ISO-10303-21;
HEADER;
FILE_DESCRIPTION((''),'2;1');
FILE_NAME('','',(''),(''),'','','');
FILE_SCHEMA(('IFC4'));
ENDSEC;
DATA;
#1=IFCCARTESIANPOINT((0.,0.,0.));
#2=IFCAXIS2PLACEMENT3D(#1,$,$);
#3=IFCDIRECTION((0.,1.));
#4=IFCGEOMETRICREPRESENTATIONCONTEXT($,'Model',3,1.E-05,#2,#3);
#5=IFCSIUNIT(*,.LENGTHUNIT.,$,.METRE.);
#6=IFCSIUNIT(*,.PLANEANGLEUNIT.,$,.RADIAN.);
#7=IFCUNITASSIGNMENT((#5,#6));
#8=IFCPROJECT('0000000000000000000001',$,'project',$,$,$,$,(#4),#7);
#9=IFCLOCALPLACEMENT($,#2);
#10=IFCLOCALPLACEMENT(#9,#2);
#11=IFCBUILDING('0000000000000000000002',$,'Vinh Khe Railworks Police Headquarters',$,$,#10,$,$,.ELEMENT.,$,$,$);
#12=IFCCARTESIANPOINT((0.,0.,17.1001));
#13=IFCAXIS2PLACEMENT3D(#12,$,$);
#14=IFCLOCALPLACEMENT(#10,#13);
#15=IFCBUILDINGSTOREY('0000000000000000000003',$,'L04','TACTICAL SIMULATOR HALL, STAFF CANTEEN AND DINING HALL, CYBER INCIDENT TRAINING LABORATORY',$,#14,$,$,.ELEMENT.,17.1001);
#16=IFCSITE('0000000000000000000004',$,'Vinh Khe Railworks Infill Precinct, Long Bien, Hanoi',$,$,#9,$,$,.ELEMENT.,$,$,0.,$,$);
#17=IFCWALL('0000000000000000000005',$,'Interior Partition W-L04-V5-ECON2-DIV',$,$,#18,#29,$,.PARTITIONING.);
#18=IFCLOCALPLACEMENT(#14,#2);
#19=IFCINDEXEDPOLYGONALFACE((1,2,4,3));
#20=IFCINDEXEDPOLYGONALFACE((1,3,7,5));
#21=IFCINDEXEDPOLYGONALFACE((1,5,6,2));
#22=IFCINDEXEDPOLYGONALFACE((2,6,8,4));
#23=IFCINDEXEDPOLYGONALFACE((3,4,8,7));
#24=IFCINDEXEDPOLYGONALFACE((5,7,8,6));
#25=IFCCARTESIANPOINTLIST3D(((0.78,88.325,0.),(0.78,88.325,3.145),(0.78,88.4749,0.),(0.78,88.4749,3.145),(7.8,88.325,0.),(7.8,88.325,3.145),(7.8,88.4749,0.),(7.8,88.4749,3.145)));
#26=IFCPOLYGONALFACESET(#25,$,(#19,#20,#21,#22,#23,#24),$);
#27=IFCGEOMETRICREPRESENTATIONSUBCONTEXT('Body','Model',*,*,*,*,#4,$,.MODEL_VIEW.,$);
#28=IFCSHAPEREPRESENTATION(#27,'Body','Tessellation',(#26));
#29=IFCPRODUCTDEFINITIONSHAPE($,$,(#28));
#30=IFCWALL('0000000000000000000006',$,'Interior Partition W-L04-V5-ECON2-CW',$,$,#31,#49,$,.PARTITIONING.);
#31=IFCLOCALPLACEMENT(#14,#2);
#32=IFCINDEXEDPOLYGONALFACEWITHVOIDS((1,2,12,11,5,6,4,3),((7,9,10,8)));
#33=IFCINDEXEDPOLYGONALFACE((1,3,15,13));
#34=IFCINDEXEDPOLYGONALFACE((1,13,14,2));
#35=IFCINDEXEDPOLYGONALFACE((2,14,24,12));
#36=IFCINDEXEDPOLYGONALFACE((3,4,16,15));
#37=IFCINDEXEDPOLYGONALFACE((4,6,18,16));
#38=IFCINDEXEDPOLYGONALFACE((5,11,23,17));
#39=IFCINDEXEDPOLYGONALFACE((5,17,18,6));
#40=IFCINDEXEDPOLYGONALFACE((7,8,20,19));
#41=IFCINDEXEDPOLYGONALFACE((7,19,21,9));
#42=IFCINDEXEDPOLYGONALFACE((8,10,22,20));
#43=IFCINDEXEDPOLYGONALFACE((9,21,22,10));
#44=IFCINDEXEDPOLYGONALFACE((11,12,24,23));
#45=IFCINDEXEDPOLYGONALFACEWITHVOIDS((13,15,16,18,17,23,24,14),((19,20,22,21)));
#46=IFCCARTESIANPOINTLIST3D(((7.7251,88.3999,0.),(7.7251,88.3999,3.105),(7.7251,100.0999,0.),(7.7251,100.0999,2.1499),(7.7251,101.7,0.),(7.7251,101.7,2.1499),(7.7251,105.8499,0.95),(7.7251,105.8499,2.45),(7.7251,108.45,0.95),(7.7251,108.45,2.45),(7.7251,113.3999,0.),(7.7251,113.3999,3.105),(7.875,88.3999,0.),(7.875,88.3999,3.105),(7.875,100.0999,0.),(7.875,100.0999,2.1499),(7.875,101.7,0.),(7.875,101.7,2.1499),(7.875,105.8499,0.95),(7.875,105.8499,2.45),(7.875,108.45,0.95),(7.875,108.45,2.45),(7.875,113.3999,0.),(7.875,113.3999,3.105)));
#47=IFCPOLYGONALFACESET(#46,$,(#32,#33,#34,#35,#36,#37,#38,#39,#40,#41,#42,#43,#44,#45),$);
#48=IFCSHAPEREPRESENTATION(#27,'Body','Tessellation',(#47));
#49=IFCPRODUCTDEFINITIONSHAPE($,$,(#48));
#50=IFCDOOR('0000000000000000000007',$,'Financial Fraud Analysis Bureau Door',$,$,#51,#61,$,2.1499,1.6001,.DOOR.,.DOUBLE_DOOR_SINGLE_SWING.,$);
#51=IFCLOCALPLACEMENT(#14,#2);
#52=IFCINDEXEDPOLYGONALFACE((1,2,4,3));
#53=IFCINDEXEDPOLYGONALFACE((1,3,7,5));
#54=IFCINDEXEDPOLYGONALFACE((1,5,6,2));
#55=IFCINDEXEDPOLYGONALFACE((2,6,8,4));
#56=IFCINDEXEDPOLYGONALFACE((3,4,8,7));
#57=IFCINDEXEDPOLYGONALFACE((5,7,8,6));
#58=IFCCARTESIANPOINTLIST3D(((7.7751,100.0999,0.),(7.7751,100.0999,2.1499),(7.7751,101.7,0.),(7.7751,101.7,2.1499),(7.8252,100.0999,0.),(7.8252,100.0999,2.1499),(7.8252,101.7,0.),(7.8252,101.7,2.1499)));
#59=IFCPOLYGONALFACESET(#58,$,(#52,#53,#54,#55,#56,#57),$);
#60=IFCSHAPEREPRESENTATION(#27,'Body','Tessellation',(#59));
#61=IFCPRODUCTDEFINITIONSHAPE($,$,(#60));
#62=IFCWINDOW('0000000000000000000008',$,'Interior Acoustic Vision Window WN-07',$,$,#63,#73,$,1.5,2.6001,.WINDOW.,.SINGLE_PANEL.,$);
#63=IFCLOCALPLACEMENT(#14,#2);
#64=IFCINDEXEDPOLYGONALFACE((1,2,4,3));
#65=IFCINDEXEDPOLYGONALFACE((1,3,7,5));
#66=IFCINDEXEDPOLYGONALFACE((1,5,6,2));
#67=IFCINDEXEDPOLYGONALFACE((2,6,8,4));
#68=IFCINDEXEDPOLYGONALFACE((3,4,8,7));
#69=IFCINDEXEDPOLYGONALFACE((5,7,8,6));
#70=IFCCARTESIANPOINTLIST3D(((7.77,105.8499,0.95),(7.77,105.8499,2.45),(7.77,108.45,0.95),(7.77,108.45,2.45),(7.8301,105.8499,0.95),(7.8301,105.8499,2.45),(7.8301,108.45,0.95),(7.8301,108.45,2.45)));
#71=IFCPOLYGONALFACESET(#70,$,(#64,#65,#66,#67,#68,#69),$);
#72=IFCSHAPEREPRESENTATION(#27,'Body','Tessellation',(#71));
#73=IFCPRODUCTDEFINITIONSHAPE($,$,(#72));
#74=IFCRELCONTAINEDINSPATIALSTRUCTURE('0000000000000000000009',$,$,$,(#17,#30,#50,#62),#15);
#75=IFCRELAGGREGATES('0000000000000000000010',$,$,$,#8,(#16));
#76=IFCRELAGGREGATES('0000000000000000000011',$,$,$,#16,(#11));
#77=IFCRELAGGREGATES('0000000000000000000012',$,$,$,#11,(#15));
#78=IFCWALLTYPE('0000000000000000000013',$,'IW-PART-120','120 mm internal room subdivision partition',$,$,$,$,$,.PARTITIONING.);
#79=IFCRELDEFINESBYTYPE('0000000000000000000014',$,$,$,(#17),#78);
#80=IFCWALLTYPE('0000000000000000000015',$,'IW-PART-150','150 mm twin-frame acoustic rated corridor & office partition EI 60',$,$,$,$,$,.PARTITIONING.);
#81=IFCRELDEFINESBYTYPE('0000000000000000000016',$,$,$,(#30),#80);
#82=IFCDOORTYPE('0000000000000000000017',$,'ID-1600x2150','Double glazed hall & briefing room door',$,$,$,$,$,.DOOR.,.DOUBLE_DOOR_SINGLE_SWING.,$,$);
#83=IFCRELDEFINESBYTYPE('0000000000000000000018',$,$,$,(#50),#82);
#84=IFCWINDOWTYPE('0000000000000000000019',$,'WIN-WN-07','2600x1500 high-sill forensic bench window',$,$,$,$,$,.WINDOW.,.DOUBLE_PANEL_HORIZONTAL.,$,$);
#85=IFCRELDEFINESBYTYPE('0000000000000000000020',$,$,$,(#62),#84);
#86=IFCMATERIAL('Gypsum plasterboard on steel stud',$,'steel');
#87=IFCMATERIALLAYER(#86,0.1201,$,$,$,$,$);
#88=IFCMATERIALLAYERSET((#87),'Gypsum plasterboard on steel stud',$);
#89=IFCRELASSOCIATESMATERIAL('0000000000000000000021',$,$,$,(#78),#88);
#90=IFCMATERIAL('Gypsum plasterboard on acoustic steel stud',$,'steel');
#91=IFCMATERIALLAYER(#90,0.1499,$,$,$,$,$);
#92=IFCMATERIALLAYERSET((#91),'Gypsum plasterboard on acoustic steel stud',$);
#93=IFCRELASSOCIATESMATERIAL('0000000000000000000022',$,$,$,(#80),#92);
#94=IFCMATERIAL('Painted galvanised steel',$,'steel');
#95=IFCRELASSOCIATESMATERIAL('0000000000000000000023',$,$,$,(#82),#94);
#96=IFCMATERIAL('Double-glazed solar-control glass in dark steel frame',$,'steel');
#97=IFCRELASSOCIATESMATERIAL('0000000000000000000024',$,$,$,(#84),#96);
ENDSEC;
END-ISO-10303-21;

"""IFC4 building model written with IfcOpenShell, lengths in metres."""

from ifc_helpers import new_model, si_unit, direction, frame, frame_2d, origin, place, context, subcontext, project, spatial, rectangle, extrude, material, layer, layer_set, type_object, element, fill, save


model = new_model("IFC4")

# Units and contexts
model_context = context("Model", 3, precision=1e-05, world=origin(), true_north=direction((0.0, 1.0)))
body_context = subcontext(model_context, "Body", "Model", "MODEL_VIEW")
ifc_project = project(units=[si_unit("LENGTHUNIT", "METRE"), si_unit("PLANEANGLEUNIT", "RADIAN")], contexts=[model_context])

# Site, building, storey
site_placement = place(None, origin())
site = spatial("IfcSite", under=ifc_project, at=site_placement, Name="Vinh Khe Railworks Infill Precinct, Long Bien, Hanoi", CompositionType="ELEMENT", RefElevation=0.0)
building_placement = place(site_placement, origin())
building = spatial("IfcBuilding", under=site, at=building_placement, Name="Vinh Khe Railworks Police Headquarters", CompositionType="ELEMENT")
storey_placement = place(building_placement, frame((0.0, 0.0, 17.1001)))
storey = spatial("IfcBuildingStorey", under=building, at=storey_placement, Name="L04", Description="TACTICAL SIMULATOR HALL, STAFF CANTEEN AND DINING HALL, CYBER INCIDENT TRAINING LABORATORY", CompositionType="ELEMENT", Elevation=17.1001)

# Wall
ifc_material_1 = material(Name="Gypsum plasterboard on steel stud", Category="steel")
ifc_layer_1 = layer(ifc_material_1, 0.1201)
ifc_layer_set_1 = layer_set([ifc_layer_1], Name="Gypsum plasterboard on steel stud")
wall_type_1 = type_object("IfcWallType", Name="IW-PART-120", Description="120 mm internal room subdivision partition", PredefinedType="PARTITIONING", material=ifc_layer_set_1)
wall_1_placement = place(storey_placement, frame((0.78, 88.3999, 0.0), z_axis=(0.0, 0.0, 1.0), x_axis=(1.0, 0.0, 0.0)))
element("IfcWall", 1, at=wall_1_placement, inside=storey, type_object=wall_type_1, Name="Interior Partition W-L04-V5-ECON2-DIV", PredefinedType="PARTITIONING", context=body_context, shape_type="SweptSolid", body=[
    extrude(rectangle(XDim=7.02, YDim=0.1499, at=frame_2d((3.51, 0.0))), origin(), (0.0, 0.0, 1.0), 3.145),
])

# Wall, openings, door, window
ifc_material_2 = material(Name="Gypsum plasterboard on acoustic steel stud", Category="steel")
ifc_layer_2 = layer(ifc_material_2, 0.1499)
ifc_layer_set_2 = layer_set([ifc_layer_2], Name="Gypsum plasterboard on acoustic steel stud")
wall_type_2 = type_object("IfcWallType", Name="IW-PART-150", Description="150 mm twin-frame acoustic rated corridor & office partition EI 60", PredefinedType="PARTITIONING", material=ifc_layer_set_2)
wall_2_placement = place(storey_placement, frame((7.8, 88.3999, 0.0), z_axis=(0.0, 0.0, 1.0), x_axis=(0.0, 1.0, 0.0)))
wall_2 = element("IfcWall", 2, at=wall_2_placement, inside=storey, type_object=wall_type_2, Name="Interior Partition W-L04-V5-ECON2-CW", PredefinedType="PARTITIONING", context=body_context, shape_type="SweptSolid", body=[
    extrude(rectangle(XDim=25.0, YDim=0.1499, at=frame_2d((12.5, 0.0))), origin(), (0.0, 0.0, 1.0), 3.105),
])
opening_1_placement = place(wall_2_placement, frame((11.7, 0.0, 0.0)))
opening_1 = element("IfcOpeningElement", 3, at=opening_1_placement, cuts=wall_2, PredefinedType="OPENING", context=body_context, shape_type="SweptSolid", body=[
    extrude(rectangle(XDim=1.6001, YDim=2.1499, at=frame_2d((0.8, 1.075))), frame((0.0, 0.0898, 0.0), z_axis=(0.0, -1.0, 0.0), x_axis=(1.0, 0.0, 0.0)), (0.0, 0.0, 1.0), 0.1797),
])
opening_2_placement = place(wall_2_placement, frame((17.45, 0.0, 0.95)))
opening_2 = element("IfcOpeningElement", 4, at=opening_2_placement, cuts=wall_2, PredefinedType="OPENING", context=body_context, shape_type="SweptSolid", body=[
    extrude(rectangle(XDim=2.6001, YDim=1.5, at=frame_2d((1.3, 0.75))), frame((0.0, 0.0898, 0.0), z_axis=(0.0, -1.0, 0.0), x_axis=(1.0, 0.0, 0.0)), (0.0, 0.0, 1.0), 0.1797),
])
ifc_material_3 = material(Name="Painted galvanised steel", Category="steel")
door_type = type_object("IfcDoorType", Name="ID-1600x2150", Description="Double glazed hall & briefing room door", OperationType="DOUBLE_DOOR_SINGLE_SWING", PredefinedType="DOOR", material=ifc_material_3)
door_placement = place(opening_1_placement, origin())
door = element("IfcDoor", 5, at=door_placement, inside=storey, type_object=door_type, Name="Financial Fraud Analysis Bureau Door", OperationType="DOUBLE_DOOR_SINGLE_SWING", OverallHeight=2.1499, OverallWidth=1.6001, PredefinedType="DOOR", context=body_context, shape_type="SweptSolid", body=[
    extrude(rectangle(XDim=1.6001, YDim=2.1499, at=frame_2d((0.8, 1.075))), frame((0.0, 0.0249, 0.0), z_axis=(0.0, -1.0, 0.0), x_axis=(1.0, 0.0, 0.0)), (0.0, 0.0, 1.0), 0.05),
])
fill(opening_1, door)
ifc_material_4 = material(Name="Double-glazed solar-control glass in dark steel frame", Category="steel")
window_type = type_object("IfcWindowType", Name="WIN-WN-07", Description="2600x1500 high-sill forensic bench window", PartitioningType="DOUBLE_PANEL_HORIZONTAL", PredefinedType="WINDOW", material=ifc_material_4)
window_placement = place(opening_2_placement, origin())
window = element("IfcWindow", 6, at=window_placement, inside=storey, type_object=window_type, Name="Interior Acoustic Vision Window WN-07", OverallHeight=1.5, OverallWidth=2.6001, PartitioningType="SINGLE_PANEL", PredefinedType="WINDOW", context=body_context, shape_type="SweptSolid", body=[
    extrude(rectangle(XDim=2.6001, YDim=1.5, at=frame_2d((1.3, 0.75))), frame((0.0, 0.03, 0.0), z_axis=(0.0, -1.0, 0.0), x_axis=(1.0, 0.0, 0.0)), (0.0, 0.0, 1.0), 0.0601),
])
fill(opening_2, window)

save(model, "model.ifc")
